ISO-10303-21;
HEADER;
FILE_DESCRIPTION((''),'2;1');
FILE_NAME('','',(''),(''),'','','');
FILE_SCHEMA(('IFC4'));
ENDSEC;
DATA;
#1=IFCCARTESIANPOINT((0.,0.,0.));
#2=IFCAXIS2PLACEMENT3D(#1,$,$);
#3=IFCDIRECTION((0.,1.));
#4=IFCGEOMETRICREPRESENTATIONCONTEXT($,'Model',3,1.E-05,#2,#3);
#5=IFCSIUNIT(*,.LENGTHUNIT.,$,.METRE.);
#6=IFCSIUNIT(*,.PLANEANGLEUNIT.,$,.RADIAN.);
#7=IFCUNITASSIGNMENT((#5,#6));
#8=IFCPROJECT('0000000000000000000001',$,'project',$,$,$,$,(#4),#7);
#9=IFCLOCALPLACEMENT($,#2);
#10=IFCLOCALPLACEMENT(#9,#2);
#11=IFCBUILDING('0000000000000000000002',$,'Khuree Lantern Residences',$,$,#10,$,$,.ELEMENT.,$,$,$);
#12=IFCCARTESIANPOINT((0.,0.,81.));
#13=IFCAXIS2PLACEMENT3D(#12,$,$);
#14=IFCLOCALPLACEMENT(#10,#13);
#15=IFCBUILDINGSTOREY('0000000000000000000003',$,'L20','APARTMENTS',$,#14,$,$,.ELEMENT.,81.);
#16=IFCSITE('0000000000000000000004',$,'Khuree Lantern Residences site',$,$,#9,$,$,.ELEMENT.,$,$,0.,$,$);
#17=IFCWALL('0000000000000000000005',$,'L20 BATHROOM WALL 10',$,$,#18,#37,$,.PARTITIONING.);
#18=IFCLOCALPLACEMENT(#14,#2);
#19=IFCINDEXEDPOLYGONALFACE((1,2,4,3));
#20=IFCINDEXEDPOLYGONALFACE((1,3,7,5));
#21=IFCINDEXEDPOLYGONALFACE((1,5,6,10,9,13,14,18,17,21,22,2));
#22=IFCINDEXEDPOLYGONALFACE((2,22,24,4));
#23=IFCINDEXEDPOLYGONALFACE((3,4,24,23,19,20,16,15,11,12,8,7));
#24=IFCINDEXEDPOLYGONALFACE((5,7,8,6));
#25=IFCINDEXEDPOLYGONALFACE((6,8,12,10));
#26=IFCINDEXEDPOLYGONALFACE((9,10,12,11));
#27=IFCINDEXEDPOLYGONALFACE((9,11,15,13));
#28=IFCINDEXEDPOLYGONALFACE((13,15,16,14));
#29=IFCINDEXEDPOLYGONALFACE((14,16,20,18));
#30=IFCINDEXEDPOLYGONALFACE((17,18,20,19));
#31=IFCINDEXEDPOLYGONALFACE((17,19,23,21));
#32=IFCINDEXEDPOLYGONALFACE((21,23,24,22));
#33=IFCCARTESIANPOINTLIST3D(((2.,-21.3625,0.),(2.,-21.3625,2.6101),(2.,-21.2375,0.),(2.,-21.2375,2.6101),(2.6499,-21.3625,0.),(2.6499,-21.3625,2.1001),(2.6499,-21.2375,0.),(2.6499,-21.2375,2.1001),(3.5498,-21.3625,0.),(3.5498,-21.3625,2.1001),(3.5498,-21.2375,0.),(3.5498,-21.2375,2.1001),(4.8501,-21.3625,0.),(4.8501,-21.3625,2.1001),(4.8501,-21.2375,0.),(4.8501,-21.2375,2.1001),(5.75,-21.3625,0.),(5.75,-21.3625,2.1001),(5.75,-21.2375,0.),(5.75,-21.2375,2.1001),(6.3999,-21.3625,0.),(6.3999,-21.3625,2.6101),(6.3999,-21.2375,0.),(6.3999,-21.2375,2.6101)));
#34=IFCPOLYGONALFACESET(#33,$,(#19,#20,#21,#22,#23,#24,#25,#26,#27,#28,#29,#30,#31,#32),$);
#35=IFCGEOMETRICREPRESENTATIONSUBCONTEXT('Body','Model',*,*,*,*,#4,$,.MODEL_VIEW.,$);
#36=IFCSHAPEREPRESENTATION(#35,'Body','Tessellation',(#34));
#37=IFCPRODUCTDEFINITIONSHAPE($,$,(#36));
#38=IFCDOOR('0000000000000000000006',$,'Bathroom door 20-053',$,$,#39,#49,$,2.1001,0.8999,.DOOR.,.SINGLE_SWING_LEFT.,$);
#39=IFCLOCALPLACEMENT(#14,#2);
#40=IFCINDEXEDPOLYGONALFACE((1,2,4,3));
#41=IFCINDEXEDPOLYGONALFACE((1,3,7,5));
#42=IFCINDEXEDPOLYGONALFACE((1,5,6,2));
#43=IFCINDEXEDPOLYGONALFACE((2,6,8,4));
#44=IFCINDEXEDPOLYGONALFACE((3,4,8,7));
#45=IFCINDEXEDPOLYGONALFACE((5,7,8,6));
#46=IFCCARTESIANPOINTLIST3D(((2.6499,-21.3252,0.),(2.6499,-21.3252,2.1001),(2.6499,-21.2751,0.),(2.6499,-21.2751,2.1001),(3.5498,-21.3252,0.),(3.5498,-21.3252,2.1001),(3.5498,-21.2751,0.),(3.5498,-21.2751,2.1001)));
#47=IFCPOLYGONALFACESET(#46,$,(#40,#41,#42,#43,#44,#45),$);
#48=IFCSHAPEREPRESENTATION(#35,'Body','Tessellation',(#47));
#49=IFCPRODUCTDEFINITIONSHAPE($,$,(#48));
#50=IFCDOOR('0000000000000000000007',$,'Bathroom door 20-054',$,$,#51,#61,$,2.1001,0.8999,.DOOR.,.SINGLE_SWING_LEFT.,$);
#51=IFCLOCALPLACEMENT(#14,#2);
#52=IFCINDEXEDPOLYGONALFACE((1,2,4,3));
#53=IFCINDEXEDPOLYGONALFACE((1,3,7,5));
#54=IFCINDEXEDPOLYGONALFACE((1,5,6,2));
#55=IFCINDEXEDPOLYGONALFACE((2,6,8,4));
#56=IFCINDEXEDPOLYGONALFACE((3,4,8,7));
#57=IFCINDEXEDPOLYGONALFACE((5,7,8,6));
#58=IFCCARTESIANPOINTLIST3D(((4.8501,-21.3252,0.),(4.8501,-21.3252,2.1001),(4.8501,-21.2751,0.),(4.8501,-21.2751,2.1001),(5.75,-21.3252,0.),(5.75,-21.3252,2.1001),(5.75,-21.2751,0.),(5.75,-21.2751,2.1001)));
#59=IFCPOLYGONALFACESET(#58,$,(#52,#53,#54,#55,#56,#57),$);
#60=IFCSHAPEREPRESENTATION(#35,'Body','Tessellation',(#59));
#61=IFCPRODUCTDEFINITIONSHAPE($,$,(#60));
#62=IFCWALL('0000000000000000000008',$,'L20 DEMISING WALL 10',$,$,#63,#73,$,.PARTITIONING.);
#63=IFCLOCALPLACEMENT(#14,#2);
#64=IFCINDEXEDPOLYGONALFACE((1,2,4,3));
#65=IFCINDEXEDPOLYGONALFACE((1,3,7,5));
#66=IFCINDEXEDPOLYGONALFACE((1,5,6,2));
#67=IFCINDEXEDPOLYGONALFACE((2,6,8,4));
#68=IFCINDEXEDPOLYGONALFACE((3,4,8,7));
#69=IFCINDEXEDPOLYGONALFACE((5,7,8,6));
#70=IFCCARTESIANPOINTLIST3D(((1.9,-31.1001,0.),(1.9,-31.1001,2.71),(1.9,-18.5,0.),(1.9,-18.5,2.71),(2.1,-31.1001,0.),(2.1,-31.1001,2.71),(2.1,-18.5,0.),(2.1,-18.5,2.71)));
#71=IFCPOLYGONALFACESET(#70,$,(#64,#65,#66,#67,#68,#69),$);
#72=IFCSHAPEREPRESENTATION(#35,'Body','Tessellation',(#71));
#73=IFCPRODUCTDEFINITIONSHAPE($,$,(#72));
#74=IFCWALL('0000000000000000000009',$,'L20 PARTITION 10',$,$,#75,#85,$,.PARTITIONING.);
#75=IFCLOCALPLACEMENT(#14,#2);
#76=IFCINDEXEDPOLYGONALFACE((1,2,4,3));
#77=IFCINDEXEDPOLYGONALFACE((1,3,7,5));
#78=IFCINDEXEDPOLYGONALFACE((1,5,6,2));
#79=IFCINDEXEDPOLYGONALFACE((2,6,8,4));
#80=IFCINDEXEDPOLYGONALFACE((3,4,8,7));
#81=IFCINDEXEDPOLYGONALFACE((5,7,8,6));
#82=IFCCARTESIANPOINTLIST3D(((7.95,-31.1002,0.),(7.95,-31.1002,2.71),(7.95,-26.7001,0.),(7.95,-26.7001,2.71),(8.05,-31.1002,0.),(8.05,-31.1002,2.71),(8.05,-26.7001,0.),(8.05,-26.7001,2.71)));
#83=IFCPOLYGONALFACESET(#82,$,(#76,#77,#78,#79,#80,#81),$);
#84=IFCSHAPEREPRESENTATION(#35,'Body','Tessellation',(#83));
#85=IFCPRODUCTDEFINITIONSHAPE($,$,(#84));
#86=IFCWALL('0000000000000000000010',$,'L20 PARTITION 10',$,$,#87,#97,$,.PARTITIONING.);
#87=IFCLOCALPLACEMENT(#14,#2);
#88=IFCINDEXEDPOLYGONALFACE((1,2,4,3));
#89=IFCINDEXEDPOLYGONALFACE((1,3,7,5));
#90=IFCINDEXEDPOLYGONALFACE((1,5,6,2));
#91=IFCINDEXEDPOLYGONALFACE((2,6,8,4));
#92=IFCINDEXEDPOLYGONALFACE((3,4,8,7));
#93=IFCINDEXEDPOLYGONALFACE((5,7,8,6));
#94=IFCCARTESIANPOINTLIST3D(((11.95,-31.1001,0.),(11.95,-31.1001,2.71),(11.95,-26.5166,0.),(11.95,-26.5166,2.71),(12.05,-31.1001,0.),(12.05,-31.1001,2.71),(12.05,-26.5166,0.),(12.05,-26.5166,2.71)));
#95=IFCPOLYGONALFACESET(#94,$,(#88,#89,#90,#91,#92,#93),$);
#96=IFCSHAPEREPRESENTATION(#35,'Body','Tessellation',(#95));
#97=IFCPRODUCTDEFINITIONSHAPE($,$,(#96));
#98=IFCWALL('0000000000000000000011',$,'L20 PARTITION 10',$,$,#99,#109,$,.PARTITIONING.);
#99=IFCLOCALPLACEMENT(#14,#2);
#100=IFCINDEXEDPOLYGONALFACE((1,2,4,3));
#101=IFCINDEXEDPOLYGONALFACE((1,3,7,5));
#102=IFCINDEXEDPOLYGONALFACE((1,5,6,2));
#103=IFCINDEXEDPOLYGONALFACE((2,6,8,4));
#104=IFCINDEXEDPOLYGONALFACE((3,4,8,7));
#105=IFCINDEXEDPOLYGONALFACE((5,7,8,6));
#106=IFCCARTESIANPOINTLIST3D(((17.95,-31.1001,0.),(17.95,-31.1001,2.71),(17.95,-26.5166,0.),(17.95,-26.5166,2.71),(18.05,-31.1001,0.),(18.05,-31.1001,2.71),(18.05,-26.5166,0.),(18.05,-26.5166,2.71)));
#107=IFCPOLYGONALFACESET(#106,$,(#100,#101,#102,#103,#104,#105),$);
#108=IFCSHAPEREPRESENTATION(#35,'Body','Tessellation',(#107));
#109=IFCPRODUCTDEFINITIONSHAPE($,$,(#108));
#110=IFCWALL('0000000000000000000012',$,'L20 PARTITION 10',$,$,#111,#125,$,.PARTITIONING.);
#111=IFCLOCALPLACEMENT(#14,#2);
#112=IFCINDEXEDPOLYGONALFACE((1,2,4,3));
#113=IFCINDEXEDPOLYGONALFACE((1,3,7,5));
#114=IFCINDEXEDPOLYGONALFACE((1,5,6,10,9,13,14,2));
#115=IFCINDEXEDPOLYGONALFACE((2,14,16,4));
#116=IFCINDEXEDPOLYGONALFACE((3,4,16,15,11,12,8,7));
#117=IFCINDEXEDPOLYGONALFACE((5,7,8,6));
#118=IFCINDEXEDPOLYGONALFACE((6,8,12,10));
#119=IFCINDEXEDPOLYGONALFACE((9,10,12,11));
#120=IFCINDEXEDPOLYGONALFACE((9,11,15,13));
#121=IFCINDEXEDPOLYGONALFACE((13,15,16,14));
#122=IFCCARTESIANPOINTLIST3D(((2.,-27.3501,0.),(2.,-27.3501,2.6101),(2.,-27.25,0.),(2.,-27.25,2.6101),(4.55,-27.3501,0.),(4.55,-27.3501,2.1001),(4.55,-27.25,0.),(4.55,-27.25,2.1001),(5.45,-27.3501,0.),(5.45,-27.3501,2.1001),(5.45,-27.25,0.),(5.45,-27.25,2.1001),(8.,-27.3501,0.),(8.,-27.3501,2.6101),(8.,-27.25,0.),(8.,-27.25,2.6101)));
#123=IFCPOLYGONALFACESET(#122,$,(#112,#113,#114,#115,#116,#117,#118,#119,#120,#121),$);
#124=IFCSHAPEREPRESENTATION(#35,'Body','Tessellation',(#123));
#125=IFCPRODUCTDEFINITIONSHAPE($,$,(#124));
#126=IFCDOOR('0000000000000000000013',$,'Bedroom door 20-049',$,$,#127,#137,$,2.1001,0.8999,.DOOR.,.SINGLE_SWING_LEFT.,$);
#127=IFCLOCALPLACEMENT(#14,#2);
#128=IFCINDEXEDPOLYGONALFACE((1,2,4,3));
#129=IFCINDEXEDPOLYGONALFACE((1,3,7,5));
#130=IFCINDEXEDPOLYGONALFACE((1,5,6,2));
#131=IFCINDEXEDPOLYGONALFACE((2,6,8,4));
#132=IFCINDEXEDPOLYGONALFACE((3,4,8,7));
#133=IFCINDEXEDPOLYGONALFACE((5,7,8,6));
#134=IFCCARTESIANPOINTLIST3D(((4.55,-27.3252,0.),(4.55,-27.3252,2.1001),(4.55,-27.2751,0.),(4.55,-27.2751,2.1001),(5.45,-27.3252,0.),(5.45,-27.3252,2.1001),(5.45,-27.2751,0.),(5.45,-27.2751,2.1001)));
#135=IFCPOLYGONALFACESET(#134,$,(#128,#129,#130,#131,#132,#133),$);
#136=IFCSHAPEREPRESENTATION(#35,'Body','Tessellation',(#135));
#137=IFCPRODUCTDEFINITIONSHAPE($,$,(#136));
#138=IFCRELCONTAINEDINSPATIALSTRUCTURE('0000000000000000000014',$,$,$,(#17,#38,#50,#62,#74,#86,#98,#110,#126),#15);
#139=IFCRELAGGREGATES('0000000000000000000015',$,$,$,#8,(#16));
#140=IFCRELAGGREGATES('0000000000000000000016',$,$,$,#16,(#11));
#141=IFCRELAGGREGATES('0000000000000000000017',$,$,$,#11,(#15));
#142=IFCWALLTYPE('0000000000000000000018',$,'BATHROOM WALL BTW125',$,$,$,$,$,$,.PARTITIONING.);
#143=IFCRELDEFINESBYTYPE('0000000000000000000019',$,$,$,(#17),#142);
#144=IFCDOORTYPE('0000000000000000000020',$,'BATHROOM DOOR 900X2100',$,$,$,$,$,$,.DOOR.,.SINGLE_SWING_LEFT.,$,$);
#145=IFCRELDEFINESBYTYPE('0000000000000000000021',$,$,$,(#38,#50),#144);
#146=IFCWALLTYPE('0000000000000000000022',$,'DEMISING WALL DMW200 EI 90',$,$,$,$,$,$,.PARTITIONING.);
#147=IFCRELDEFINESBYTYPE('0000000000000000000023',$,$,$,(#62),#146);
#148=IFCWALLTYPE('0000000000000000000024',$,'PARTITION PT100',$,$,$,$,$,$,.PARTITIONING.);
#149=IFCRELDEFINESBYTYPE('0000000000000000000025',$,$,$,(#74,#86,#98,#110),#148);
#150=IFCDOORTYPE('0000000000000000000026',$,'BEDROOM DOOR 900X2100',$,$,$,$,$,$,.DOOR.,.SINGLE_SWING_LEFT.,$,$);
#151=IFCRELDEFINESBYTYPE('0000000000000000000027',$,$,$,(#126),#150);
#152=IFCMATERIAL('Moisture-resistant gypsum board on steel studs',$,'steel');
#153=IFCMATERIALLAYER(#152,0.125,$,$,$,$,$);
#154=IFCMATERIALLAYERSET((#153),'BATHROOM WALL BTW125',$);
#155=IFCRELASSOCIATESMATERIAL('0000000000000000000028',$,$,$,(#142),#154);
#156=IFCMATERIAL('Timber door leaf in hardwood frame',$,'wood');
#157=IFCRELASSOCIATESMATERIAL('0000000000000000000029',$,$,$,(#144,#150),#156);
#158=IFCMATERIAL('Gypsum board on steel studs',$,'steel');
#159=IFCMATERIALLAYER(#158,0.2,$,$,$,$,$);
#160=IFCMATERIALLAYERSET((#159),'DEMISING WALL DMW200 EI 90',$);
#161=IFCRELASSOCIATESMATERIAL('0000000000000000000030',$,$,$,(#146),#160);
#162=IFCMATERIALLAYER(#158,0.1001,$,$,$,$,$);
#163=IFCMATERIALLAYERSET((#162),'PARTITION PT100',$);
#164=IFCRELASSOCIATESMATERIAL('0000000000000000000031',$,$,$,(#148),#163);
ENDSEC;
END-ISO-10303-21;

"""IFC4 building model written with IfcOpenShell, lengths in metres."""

from ifc_helpers import new_model, si_unit, direction, frame, frame_2d, origin, place, context, subcontext, project, spatial, rectangle, extrude, material, layer, layer_set, type_object, element, fill, save


model = new_model("IFC4")

# Units and contexts
model_context = context("Model", 3, precision=1e-05, world=origin(), true_north=direction((0.0, 1.0)))
body_context = subcontext(model_context, "Body", "Model", "MODEL_VIEW")
ifc_project = project(units=[si_unit("LENGTHUNIT", "METRE"), si_unit("PLANEANGLEUNIT", "RADIAN")], contexts=[model_context])

# Site, building, storey
site_placement = place(None, origin())
site = spatial("IfcSite", under=ifc_project, at=site_placement, Name="Khuree Lantern Residences site", CompositionType="ELEMENT", RefElevation=0.0)
building_placement = place(site_placement, origin())
building = spatial("IfcBuilding", under=site, at=building_placement, Name="Khuree Lantern Residences", CompositionType="ELEMENT")
storey_placement = place(building_placement, frame((0.0, 0.0, 81.0)))
storey = spatial("IfcBuildingStorey", under=building, at=storey_placement, Name="L20", Description="APARTMENTS", CompositionType="ELEMENT", Elevation=81.0)

# Wall, openings, doors
ifc_material_1 = material(Name="Moisture-resistant gypsum board on steel studs", Category="steel")
ifc_layer_1 = layer(ifc_material_1, 0.125)
ifc_layer_set_1 = layer_set([ifc_layer_1], Name="BATHROOM WALL BTW125")
wall_type_1 = type_object("IfcWallType", Name="BATHROOM WALL BTW125", PredefinedType="PARTITIONING", material=ifc_layer_set_1)
wall_1_placement = place(storey_placement, frame((2.0, -21.3, 0.0), z_axis=(0.0, 0.0, 1.0), x_axis=(1.0, 0.0, 0.0)))
wall_1 = element("IfcWall", 1, at=wall_1_placement, inside=storey, type_object=wall_type_1, Name="L20 BATHROOM WALL 10", PredefinedType="PARTITIONING", context=body_context, shape_type="SweptSolid", body=[
    extrude(rectangle(XDim=4.3999, YDim=0.125, at=frame_2d((2.2, 0.0))), origin(), (0.0, 0.0, 1.0), 2.6101),
])
opening_1_placement = place(wall_1_placement, frame((0.6499, 0.0, 0.0)))
opening_1 = element("IfcOpeningElement", 2, at=opening_1_placement, cuts=wall_1, PredefinedType="OPENING", context=body_context, shape_type="SweptSolid", body=[
    extrude(rectangle(XDim=0.8999, YDim=2.1001, at=frame_2d((0.45, 1.05))), frame((0.0, 0.0725, 0.0), z_axis=(0.0, -1.0, 0.0), x_axis=(1.0, 0.0, 0.0)), (0.0, 0.0, 1.0), 0.145),
])
opening_2_placement = place(wall_1_placement, frame((2.8501, 0.0, 0.0)))
opening_2 = element("IfcOpeningElement", 3, at=opening_2_placement, cuts=wall_1, PredefinedType="OPENING", context=body_context, shape_type="SweptSolid", body=[
    extrude(rectangle(XDim=0.8999, YDim=2.1001, at=frame_2d((0.45, 1.05))), frame((0.0, 0.0725, 0.0), z_axis=(0.0, -1.0, 0.0), x_axis=(1.0, 0.0, 0.0)), (0.0, 0.0, 1.0), 0.145),
])
ifc_material_2 = material(Name="Timber door leaf in hardwood frame", Category="wood")
door_type_1 = type_object("IfcDoorType", Name="BATHROOM DOOR 900X2100", OperationType="SINGLE_SWING_LEFT", PredefinedType="DOOR", material=ifc_material_2)
door_1_placement = place(opening_1_placement, origin())
door_1 = element("IfcDoor", 4, at=door_1_placement, inside=storey, type_object=door_type_1, Name="Bathroom door 20-053", OperationType="SINGLE_SWING_LEFT", OverallHeight=2.1001, OverallWidth=0.8999, PredefinedType="DOOR", context=body_context, shape_type="SweptSolid", body=[
    extrude(rectangle(XDim=0.8999, YDim=2.1001, at=frame_2d((0.45, 1.05))), frame((0.0, 0.0249, 0.0), z_axis=(0.0, -1.0, 0.0), x_axis=(1.0, 0.0, 0.0)), (0.0, 0.0, 1.0), 0.05),
])
fill(opening_1, door_1)
door_2_placement = place(opening_2_placement, origin())
door_2 = element("IfcDoor", 5, at=door_2_placement, inside=storey, type_object=door_type_1, Name="Bathroom door 20-054", OperationType="SINGLE_SWING_LEFT", OverallHeight=2.1001, OverallWidth=0.8999, PredefinedType="DOOR", context=body_context, shape_type="SweptSolid", body=[
    extrude(rectangle(XDim=0.8999, YDim=2.1001, at=frame_2d((0.45, 1.05))), frame((0.0, 0.0249, 0.0), z_axis=(0.0, -1.0, 0.0), x_axis=(1.0, 0.0, 0.0)), (0.0, 0.0, 1.0), 0.05),
])
fill(opening_2, door_2)

# Walls
ifc_material_3 = material(Name="Gypsum board on steel studs", Category="steel")
ifc_layer_2 = layer(ifc_material_3, 0.2)
ifc_layer_set_2 = layer_set([ifc_layer_2], Name="DEMISING WALL DMW200 EI 90")
wall_type_2 = type_object("IfcWallType", Name="DEMISING WALL DMW200 EI 90", PredefinedType="PARTITIONING", material=ifc_layer_set_2)
wall_2_placement = place(storey_placement, frame((2.0, -18.5, 0.0), z_axis=(0.0, 0.0, 1.0), x_axis=(0.0, -1.0, 0.0)))
element("IfcWall", 6, at=wall_2_placement, inside=storey, type_object=wall_type_2, Name="L20 DEMISING WALL 10", PredefinedType="PARTITIONING", context=body_context, shape_type="SweptSolid", body=[
    extrude(rectangle(XDim=12.6001, YDim=0.2, at=frame_2d((6.3, 0.0))), origin(), (0.0, 0.0, 1.0), 2.71),
])
ifc_layer_3 = layer(ifc_material_3, 0.1001)
ifc_layer_set_3 = layer_set([ifc_layer_3], Name="PARTITION PT100")
wall_type_3 = type_object("IfcWallType", Name="PARTITION PT100", PredefinedType="PARTITIONING", material=ifc_layer_set_3)
wall_3_placement = place(storey_placement, frame((8.0, -26.7, 0.0), z_axis=(0.0, 0.0, 1.0), x_axis=(0.0, -1.0, 0.0)))
element("IfcWall", 7, at=wall_3_placement, inside=storey, type_object=wall_type_3, Name="L20 PARTITION 10", PredefinedType="PARTITIONING", context=body_context, shape_type="SweptSolid", body=[
    extrude(rectangle(XDim=4.4001, YDim=0.1001, at=frame_2d((2.2002, 0.0))), origin(), (0.0, 0.0, 1.0), 2.71),
])
for number, where, z_axis, x_axis, name in (
    (8, (12.0, -26.5166, 0.0), (0.0, 0.0, 1.0), (0.0, -1.0, 0.0), "L20 PARTITION 10"),
    (9, (18.0, -26.5166, 0.0), (0.0, 0.0, 1.0), (0.0, -1.0, 0.0), "L20 PARTITION 10"),
):
    element("IfcWall", number, at=place(storey_placement, frame(where, z_axis=z_axis, x_axis=x_axis)), inside=storey, type_object=wall_type_3, Name=name, PredefinedType="PARTITIONING", context=body_context, shape_type="SweptSolid", body=[
        extrude(rectangle(XDim=4.5835, YDim=0.1001, at=frame_2d((2.2917, 0.0))), origin(), (0.0, 0.0, 1.0), 2.71),
    ])

# Wall, opening, door
wall_4_placement = place(storey_placement, frame((2.0, -27.3, 0.0), z_axis=(0.0, 0.0, 1.0), x_axis=(1.0, 0.0, 0.0)))
wall_4 = element("IfcWall", 10, at=wall_4_placement, inside=storey, type_object=wall_type_3, Name="L20 PARTITION 10", PredefinedType="PARTITIONING", context=body_context, shape_type="SweptSolid", body=[
    extrude(rectangle(XDim=6.0, YDim=0.1001, at=frame_2d((3.0, 0.0))), origin(), (0.0, 0.0, 1.0), 2.6101),
])
opening_3_placement = place(wall_4_placement, frame((2.55, 0.0, 0.0)))
opening_3 = element("IfcOpeningElement", 11, at=opening_3_placement, cuts=wall_4, PredefinedType="OPENING", context=body_context, shape_type="SweptSolid", body=[
    extrude(rectangle(XDim=0.8999, YDim=2.1001, at=frame_2d((0.45, 1.05))), frame((0.0, 0.0601, 0.0), z_axis=(0.0, -1.0, 0.0), x_axis=(1.0, 0.0, 0.0)), (0.0, 0.0, 1.0), 0.1201),
])
door_type_2 = type_object("IfcDoorType", Name="BEDROOM DOOR 900X2100", OperationType="SINGLE_SWING_LEFT", PredefinedType="DOOR", material=ifc_material_2)
door_3_placement = place(opening_3_placement, origin())
door_3 = element("IfcDoor", 12, at=door_3_placement, inside=storey, type_object=door_type_2, Name="Bedroom door 20-049", OperationType="SINGLE_SWING_LEFT", OverallHeight=2.1001, OverallWidth=0.8999, PredefinedType="DOOR", context=body_context, shape_type="SweptSolid", body=[
    extrude(rectangle(XDim=0.8999, YDim=2.1001, at=frame_2d((0.45, 1.05))), frame((0.0, 0.0249, 0.0), z_axis=(0.0, -1.0, 0.0), x_axis=(1.0, 0.0, 0.0)), (0.0, 0.0, 1.0), 0.05),
])
fill(opening_3, door_3)

save(model, "model.ifc")
